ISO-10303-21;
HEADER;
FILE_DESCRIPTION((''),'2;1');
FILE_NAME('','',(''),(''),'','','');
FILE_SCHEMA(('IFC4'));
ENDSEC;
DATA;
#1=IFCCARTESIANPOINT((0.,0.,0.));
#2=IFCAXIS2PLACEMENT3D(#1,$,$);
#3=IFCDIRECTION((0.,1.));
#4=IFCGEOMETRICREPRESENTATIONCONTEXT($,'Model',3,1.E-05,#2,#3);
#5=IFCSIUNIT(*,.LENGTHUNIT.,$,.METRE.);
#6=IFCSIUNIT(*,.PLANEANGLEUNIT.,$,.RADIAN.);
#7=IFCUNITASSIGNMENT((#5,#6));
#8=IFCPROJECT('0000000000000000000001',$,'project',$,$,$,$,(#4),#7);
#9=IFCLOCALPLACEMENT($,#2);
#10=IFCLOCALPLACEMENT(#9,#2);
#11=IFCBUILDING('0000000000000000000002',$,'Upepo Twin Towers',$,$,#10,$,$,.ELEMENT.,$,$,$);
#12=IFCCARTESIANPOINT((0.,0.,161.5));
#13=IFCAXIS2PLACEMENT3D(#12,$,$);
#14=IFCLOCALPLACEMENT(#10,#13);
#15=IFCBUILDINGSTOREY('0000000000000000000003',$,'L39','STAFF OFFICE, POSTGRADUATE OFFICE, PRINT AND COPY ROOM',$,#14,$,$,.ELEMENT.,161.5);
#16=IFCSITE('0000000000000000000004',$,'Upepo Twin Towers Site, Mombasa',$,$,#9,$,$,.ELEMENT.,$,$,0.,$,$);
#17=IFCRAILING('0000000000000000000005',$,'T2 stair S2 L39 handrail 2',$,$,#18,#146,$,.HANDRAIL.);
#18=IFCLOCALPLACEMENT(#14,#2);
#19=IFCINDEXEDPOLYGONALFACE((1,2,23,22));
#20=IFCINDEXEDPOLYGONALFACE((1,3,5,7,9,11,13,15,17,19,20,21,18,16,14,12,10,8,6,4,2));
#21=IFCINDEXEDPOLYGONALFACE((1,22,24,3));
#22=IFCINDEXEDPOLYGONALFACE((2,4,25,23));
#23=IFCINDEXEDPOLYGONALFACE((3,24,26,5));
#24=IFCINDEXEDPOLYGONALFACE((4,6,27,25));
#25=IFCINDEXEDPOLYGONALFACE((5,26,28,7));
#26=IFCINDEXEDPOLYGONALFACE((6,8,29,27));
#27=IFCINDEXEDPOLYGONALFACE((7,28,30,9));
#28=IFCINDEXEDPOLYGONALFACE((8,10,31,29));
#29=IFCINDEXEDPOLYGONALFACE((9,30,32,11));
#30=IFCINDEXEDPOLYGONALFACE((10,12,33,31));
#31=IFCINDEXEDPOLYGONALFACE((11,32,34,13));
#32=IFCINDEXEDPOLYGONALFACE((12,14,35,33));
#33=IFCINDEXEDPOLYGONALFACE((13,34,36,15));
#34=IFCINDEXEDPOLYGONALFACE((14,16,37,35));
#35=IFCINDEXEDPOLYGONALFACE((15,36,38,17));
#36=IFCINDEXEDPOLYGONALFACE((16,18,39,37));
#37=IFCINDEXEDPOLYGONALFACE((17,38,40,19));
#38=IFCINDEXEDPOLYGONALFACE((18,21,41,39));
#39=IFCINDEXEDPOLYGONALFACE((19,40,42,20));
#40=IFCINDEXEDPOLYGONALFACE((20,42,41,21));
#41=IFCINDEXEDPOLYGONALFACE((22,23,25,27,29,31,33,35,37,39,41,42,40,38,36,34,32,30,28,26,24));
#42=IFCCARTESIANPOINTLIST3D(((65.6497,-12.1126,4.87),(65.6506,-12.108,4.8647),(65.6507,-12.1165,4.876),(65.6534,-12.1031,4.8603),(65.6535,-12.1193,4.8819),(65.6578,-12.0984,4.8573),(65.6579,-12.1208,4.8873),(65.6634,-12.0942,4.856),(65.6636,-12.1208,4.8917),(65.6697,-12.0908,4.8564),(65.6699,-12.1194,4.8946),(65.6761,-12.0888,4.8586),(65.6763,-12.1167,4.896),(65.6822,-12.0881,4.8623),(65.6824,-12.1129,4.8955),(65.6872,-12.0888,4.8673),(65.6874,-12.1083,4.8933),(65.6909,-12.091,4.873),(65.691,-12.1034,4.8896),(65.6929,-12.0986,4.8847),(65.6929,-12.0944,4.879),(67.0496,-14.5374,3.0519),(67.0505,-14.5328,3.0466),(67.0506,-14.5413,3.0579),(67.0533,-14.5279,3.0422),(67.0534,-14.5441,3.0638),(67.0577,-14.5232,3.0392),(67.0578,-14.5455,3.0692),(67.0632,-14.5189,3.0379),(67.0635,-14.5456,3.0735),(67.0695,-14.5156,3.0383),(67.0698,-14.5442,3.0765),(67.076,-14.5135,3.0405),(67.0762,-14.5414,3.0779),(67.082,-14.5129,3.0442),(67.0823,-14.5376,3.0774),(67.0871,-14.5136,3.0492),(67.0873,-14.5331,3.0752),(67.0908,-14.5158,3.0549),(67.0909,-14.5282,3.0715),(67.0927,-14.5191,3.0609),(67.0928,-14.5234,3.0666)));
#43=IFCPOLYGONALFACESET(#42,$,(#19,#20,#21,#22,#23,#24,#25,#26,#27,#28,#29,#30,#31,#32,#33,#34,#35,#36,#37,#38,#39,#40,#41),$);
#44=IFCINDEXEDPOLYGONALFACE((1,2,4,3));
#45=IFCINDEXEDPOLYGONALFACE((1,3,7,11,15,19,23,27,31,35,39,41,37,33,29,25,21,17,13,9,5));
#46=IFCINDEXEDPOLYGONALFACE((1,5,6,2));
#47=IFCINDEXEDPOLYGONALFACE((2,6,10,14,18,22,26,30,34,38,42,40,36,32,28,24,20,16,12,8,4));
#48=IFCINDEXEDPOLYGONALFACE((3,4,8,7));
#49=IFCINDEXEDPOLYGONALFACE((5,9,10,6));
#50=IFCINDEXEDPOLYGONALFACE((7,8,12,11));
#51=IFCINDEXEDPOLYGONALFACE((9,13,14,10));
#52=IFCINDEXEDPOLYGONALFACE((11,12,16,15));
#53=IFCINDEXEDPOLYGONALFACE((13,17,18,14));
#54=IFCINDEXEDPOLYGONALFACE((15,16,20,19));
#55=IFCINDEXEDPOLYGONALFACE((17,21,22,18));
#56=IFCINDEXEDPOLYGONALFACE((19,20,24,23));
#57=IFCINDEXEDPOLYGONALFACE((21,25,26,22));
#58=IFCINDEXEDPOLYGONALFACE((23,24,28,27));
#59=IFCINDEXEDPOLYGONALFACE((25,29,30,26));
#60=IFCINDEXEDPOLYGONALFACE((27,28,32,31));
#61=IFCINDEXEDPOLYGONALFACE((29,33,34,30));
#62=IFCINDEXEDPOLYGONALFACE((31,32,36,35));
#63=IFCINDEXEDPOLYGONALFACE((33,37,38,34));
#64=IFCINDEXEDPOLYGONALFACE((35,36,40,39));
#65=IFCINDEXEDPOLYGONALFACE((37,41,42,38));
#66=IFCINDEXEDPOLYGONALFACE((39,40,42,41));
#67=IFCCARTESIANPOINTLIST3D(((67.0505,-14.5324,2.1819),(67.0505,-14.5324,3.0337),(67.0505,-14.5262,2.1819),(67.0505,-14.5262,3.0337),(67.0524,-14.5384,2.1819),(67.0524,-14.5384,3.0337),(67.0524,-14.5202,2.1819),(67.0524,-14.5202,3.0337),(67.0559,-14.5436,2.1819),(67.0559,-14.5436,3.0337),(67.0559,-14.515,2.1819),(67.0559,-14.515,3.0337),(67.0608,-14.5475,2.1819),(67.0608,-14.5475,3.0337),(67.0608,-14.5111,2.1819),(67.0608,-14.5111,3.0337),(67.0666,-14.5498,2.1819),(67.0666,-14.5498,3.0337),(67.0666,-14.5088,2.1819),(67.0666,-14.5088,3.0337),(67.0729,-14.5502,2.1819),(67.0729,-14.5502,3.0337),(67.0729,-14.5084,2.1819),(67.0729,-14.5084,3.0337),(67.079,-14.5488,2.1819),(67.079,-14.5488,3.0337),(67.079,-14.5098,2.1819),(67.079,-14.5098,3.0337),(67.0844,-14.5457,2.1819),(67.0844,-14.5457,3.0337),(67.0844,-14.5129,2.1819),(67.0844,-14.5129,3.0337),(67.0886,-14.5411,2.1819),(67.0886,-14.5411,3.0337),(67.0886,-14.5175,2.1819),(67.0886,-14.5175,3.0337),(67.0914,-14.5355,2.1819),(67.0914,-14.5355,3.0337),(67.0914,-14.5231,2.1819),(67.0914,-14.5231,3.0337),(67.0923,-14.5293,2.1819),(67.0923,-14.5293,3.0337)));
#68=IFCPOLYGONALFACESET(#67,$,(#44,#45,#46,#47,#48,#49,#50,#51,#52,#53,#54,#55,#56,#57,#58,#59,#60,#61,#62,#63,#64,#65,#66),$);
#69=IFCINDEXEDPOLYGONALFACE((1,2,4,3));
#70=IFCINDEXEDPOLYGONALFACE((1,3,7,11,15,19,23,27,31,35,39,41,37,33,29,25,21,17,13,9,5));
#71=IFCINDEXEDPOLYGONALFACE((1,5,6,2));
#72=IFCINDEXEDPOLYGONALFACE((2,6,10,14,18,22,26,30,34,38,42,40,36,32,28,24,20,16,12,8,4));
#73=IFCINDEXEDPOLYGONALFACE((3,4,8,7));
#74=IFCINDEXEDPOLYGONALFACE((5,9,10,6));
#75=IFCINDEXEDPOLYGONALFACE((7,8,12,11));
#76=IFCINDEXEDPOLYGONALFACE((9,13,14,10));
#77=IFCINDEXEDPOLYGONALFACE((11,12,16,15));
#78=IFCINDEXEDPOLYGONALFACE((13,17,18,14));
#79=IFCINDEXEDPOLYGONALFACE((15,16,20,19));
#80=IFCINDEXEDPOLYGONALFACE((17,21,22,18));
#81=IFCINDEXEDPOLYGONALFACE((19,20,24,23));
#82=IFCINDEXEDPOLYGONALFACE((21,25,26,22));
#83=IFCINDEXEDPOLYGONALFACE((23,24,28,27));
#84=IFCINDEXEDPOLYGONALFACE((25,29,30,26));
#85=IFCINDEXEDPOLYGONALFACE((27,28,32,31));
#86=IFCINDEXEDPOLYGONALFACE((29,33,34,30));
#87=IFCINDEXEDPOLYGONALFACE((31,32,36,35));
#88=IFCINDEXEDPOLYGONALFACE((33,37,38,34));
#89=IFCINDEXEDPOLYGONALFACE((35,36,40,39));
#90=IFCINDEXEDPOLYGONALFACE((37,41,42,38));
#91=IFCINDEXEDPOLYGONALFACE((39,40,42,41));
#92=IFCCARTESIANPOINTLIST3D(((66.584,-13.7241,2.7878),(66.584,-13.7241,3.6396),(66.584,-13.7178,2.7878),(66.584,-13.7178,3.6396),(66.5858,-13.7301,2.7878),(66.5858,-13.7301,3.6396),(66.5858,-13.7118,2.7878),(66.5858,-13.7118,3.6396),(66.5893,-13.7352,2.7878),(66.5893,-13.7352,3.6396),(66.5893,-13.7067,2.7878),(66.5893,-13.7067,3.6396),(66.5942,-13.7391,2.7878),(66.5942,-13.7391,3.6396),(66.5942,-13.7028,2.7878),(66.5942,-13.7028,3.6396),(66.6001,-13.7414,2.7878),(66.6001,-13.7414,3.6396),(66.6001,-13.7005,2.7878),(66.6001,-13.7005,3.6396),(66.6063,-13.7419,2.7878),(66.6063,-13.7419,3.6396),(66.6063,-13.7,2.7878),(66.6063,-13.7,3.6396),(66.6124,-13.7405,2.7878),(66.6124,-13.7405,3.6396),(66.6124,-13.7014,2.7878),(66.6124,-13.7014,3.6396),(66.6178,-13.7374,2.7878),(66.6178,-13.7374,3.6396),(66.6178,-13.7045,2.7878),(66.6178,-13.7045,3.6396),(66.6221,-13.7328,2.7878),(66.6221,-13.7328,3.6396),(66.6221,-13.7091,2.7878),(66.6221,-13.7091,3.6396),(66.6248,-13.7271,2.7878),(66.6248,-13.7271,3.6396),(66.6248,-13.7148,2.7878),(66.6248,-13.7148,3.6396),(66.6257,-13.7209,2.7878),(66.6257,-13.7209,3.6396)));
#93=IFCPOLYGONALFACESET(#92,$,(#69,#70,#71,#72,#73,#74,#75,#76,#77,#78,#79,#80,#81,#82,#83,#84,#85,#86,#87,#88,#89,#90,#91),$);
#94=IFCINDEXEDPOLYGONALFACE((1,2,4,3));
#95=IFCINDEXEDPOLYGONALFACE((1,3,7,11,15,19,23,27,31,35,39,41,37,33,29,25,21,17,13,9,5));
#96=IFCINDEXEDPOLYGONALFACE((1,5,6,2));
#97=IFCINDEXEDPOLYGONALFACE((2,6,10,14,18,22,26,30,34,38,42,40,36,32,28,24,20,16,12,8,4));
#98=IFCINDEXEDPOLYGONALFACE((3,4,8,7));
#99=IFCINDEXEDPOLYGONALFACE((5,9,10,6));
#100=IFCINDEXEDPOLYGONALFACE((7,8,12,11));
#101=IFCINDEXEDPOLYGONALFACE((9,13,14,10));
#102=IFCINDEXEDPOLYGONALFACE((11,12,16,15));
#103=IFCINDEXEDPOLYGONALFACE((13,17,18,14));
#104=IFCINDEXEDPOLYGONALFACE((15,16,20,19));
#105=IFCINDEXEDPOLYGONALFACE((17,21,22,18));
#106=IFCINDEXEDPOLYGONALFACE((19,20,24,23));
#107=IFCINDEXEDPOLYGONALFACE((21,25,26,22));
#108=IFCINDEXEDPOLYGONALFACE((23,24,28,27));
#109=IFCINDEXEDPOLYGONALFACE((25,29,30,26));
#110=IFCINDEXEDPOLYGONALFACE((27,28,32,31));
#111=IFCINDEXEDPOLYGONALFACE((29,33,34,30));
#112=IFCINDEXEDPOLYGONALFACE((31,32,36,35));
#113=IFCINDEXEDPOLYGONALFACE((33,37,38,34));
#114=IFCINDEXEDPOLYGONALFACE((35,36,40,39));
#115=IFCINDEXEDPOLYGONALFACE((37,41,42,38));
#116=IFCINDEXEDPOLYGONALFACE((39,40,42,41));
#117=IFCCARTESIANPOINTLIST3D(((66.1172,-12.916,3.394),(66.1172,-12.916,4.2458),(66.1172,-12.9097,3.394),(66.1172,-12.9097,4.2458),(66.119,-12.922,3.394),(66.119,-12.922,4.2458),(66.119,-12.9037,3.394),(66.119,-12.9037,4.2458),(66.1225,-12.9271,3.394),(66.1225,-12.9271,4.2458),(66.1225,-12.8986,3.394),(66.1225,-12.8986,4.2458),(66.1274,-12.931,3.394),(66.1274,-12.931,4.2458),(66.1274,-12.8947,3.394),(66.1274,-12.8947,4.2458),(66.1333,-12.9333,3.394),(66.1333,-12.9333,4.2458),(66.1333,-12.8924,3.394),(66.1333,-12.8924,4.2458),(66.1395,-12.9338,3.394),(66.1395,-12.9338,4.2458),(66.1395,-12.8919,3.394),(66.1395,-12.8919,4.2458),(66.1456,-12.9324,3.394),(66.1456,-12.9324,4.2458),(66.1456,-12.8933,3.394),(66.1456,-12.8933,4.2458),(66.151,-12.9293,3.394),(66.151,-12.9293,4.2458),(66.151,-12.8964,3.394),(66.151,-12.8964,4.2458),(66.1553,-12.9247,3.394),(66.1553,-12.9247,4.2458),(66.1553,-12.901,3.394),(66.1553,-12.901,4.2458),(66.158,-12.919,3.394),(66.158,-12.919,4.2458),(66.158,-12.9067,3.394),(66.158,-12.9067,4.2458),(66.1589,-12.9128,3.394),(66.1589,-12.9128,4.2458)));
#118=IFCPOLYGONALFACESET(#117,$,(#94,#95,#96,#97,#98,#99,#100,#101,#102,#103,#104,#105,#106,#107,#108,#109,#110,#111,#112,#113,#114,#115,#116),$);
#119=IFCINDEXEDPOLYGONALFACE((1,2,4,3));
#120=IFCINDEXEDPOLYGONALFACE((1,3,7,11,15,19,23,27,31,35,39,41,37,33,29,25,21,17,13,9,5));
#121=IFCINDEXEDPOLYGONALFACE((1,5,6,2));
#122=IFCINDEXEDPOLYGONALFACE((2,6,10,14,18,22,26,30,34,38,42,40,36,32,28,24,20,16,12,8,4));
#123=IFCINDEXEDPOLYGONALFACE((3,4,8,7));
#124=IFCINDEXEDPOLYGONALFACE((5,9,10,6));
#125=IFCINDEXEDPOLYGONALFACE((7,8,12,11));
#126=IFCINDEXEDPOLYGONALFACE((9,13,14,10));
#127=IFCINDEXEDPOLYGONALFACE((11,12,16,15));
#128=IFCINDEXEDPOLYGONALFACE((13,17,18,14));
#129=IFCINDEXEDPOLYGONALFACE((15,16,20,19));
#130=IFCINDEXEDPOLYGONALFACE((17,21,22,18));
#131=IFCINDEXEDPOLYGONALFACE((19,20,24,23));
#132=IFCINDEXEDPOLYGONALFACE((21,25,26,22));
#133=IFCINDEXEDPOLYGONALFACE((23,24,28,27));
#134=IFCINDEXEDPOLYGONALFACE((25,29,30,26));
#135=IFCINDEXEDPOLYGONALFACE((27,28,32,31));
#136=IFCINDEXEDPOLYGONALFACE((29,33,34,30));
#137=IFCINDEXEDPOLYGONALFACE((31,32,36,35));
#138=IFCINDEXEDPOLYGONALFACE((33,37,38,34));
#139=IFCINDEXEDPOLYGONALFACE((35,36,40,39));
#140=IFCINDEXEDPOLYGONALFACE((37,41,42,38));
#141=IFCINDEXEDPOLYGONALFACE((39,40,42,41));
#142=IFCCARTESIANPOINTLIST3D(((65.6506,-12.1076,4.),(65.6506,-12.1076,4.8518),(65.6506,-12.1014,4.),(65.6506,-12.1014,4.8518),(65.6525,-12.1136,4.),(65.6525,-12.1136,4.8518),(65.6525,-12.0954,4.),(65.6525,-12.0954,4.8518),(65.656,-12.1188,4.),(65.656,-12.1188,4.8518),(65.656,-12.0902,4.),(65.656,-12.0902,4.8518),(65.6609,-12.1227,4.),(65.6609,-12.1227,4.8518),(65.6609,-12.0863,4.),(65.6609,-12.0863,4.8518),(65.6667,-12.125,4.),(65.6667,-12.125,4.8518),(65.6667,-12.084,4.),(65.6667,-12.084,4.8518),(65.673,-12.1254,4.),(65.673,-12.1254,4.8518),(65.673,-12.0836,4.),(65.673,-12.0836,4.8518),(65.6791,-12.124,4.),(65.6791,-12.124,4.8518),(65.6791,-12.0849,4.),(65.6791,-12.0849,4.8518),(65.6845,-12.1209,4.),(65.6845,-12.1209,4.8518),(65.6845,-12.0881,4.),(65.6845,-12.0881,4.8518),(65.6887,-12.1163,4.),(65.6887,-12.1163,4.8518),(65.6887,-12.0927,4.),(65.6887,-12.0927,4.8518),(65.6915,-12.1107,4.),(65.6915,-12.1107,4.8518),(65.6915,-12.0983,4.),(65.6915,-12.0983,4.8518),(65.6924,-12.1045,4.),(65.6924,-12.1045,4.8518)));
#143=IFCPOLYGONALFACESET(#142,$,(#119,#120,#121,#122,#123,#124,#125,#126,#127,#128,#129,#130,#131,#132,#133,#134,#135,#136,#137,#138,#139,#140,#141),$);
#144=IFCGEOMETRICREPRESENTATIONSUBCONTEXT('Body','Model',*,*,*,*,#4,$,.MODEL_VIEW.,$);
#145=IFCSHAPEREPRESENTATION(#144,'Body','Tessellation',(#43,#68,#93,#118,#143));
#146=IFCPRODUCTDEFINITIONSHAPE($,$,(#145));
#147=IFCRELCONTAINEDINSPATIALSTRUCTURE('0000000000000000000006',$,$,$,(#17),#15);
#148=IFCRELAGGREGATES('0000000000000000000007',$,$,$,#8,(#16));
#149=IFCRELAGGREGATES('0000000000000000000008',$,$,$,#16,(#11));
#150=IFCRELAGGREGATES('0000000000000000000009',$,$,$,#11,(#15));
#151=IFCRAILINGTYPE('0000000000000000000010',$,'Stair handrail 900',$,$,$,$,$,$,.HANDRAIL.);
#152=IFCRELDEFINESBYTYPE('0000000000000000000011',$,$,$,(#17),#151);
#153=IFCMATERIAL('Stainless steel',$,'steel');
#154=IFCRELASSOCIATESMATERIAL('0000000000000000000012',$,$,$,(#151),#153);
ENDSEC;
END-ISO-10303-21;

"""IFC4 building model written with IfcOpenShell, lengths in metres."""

from ifc_helpers import new_model, si_unit, direction, frame, origin, origin_2d, place, context, subcontext, project, spatial, circle, extrude, material, type_object, element, save


model = new_model("IFC4")

# Units and contexts
model_context = context("Model", 3, precision=1e-05, world=origin(), true_north=direction((0.0, 1.0)))
body_context = subcontext(model_context, "Body", "Model", "MODEL_VIEW")
ifc_project = project(units=[si_unit("LENGTHUNIT", "METRE"), si_unit("PLANEANGLEUNIT", "RADIAN")], contexts=[model_context])

# Site, building, storey
site_placement = place(None, origin())
site = spatial("IfcSite", under=ifc_project, at=site_placement, Name="Upepo Twin Towers Site, Mombasa", CompositionType="ELEMENT", RefElevation=0.0)
building_placement = place(site_placement, origin())
building = spatial("IfcBuilding", under=site, at=building_placement, Name="Upepo Twin Towers", CompositionType="ELEMENT")
storey_placement = place(building_placement, frame((0.0, 0.0, 161.5)))
storey = spatial("IfcBuildingStorey", under=building, at=storey_placement, Name="L39", Description="STAFF OFFICE, POSTGRADUATE OFFICE, PRINT AND COPY ROOM", CompositionType="ELEMENT", Elevation=161.5)

# Railing
ifc_material_1 = material(Name="Stainless steel", Category="steel")
railing_type = type_object("IfcRailingType", Name="Stair handrail 900", PredefinedType="HANDRAIL", material=ifc_material_1)
railing_1_placement = place(storey_placement, frame((67.0713, -14.5293, 2.1819)))
element("IfcRailing", 1, at=railing_1_placement, inside=storey, type_object=railing_type, Name="T2 stair S2 L39 handrail 2", PredefinedType="HANDRAIL", context=body_context, shape_type="SweptSolid", body=[
    extrude(circle(Radius=0.0239, at=origin_2d()), frame((0.0, 0.0, 0.876), z_axis=(-0.419333, 0.726336, 0.544606), x_axis=(-0.866035, -0.499984, 0.0)), (0.0, 0.0, 1.0), 3.3384),
    extrude(circle(Radius=0.021, at=origin_2d()), origin(), (0.0, 0.0, 1.0), 0.8518),
    extrude(circle(Radius=0.021, at=origin_2d()), frame((-0.4666, 0.8083, 0.606)), (0.0, 0.0, 1.0), 0.8518),
    extrude(circle(Radius=0.021, at=origin_2d()), frame((-0.9333, 1.6165, 1.2122)), (0.0, 0.0, 1.0), 0.8518),
    extrude(circle(Radius=0.021, at=origin_2d()), frame((-1.3999, 2.4248, 1.8181)), (0.0, 0.0, 1.0), 0.8518),
])

save(model, "model.ifc")
